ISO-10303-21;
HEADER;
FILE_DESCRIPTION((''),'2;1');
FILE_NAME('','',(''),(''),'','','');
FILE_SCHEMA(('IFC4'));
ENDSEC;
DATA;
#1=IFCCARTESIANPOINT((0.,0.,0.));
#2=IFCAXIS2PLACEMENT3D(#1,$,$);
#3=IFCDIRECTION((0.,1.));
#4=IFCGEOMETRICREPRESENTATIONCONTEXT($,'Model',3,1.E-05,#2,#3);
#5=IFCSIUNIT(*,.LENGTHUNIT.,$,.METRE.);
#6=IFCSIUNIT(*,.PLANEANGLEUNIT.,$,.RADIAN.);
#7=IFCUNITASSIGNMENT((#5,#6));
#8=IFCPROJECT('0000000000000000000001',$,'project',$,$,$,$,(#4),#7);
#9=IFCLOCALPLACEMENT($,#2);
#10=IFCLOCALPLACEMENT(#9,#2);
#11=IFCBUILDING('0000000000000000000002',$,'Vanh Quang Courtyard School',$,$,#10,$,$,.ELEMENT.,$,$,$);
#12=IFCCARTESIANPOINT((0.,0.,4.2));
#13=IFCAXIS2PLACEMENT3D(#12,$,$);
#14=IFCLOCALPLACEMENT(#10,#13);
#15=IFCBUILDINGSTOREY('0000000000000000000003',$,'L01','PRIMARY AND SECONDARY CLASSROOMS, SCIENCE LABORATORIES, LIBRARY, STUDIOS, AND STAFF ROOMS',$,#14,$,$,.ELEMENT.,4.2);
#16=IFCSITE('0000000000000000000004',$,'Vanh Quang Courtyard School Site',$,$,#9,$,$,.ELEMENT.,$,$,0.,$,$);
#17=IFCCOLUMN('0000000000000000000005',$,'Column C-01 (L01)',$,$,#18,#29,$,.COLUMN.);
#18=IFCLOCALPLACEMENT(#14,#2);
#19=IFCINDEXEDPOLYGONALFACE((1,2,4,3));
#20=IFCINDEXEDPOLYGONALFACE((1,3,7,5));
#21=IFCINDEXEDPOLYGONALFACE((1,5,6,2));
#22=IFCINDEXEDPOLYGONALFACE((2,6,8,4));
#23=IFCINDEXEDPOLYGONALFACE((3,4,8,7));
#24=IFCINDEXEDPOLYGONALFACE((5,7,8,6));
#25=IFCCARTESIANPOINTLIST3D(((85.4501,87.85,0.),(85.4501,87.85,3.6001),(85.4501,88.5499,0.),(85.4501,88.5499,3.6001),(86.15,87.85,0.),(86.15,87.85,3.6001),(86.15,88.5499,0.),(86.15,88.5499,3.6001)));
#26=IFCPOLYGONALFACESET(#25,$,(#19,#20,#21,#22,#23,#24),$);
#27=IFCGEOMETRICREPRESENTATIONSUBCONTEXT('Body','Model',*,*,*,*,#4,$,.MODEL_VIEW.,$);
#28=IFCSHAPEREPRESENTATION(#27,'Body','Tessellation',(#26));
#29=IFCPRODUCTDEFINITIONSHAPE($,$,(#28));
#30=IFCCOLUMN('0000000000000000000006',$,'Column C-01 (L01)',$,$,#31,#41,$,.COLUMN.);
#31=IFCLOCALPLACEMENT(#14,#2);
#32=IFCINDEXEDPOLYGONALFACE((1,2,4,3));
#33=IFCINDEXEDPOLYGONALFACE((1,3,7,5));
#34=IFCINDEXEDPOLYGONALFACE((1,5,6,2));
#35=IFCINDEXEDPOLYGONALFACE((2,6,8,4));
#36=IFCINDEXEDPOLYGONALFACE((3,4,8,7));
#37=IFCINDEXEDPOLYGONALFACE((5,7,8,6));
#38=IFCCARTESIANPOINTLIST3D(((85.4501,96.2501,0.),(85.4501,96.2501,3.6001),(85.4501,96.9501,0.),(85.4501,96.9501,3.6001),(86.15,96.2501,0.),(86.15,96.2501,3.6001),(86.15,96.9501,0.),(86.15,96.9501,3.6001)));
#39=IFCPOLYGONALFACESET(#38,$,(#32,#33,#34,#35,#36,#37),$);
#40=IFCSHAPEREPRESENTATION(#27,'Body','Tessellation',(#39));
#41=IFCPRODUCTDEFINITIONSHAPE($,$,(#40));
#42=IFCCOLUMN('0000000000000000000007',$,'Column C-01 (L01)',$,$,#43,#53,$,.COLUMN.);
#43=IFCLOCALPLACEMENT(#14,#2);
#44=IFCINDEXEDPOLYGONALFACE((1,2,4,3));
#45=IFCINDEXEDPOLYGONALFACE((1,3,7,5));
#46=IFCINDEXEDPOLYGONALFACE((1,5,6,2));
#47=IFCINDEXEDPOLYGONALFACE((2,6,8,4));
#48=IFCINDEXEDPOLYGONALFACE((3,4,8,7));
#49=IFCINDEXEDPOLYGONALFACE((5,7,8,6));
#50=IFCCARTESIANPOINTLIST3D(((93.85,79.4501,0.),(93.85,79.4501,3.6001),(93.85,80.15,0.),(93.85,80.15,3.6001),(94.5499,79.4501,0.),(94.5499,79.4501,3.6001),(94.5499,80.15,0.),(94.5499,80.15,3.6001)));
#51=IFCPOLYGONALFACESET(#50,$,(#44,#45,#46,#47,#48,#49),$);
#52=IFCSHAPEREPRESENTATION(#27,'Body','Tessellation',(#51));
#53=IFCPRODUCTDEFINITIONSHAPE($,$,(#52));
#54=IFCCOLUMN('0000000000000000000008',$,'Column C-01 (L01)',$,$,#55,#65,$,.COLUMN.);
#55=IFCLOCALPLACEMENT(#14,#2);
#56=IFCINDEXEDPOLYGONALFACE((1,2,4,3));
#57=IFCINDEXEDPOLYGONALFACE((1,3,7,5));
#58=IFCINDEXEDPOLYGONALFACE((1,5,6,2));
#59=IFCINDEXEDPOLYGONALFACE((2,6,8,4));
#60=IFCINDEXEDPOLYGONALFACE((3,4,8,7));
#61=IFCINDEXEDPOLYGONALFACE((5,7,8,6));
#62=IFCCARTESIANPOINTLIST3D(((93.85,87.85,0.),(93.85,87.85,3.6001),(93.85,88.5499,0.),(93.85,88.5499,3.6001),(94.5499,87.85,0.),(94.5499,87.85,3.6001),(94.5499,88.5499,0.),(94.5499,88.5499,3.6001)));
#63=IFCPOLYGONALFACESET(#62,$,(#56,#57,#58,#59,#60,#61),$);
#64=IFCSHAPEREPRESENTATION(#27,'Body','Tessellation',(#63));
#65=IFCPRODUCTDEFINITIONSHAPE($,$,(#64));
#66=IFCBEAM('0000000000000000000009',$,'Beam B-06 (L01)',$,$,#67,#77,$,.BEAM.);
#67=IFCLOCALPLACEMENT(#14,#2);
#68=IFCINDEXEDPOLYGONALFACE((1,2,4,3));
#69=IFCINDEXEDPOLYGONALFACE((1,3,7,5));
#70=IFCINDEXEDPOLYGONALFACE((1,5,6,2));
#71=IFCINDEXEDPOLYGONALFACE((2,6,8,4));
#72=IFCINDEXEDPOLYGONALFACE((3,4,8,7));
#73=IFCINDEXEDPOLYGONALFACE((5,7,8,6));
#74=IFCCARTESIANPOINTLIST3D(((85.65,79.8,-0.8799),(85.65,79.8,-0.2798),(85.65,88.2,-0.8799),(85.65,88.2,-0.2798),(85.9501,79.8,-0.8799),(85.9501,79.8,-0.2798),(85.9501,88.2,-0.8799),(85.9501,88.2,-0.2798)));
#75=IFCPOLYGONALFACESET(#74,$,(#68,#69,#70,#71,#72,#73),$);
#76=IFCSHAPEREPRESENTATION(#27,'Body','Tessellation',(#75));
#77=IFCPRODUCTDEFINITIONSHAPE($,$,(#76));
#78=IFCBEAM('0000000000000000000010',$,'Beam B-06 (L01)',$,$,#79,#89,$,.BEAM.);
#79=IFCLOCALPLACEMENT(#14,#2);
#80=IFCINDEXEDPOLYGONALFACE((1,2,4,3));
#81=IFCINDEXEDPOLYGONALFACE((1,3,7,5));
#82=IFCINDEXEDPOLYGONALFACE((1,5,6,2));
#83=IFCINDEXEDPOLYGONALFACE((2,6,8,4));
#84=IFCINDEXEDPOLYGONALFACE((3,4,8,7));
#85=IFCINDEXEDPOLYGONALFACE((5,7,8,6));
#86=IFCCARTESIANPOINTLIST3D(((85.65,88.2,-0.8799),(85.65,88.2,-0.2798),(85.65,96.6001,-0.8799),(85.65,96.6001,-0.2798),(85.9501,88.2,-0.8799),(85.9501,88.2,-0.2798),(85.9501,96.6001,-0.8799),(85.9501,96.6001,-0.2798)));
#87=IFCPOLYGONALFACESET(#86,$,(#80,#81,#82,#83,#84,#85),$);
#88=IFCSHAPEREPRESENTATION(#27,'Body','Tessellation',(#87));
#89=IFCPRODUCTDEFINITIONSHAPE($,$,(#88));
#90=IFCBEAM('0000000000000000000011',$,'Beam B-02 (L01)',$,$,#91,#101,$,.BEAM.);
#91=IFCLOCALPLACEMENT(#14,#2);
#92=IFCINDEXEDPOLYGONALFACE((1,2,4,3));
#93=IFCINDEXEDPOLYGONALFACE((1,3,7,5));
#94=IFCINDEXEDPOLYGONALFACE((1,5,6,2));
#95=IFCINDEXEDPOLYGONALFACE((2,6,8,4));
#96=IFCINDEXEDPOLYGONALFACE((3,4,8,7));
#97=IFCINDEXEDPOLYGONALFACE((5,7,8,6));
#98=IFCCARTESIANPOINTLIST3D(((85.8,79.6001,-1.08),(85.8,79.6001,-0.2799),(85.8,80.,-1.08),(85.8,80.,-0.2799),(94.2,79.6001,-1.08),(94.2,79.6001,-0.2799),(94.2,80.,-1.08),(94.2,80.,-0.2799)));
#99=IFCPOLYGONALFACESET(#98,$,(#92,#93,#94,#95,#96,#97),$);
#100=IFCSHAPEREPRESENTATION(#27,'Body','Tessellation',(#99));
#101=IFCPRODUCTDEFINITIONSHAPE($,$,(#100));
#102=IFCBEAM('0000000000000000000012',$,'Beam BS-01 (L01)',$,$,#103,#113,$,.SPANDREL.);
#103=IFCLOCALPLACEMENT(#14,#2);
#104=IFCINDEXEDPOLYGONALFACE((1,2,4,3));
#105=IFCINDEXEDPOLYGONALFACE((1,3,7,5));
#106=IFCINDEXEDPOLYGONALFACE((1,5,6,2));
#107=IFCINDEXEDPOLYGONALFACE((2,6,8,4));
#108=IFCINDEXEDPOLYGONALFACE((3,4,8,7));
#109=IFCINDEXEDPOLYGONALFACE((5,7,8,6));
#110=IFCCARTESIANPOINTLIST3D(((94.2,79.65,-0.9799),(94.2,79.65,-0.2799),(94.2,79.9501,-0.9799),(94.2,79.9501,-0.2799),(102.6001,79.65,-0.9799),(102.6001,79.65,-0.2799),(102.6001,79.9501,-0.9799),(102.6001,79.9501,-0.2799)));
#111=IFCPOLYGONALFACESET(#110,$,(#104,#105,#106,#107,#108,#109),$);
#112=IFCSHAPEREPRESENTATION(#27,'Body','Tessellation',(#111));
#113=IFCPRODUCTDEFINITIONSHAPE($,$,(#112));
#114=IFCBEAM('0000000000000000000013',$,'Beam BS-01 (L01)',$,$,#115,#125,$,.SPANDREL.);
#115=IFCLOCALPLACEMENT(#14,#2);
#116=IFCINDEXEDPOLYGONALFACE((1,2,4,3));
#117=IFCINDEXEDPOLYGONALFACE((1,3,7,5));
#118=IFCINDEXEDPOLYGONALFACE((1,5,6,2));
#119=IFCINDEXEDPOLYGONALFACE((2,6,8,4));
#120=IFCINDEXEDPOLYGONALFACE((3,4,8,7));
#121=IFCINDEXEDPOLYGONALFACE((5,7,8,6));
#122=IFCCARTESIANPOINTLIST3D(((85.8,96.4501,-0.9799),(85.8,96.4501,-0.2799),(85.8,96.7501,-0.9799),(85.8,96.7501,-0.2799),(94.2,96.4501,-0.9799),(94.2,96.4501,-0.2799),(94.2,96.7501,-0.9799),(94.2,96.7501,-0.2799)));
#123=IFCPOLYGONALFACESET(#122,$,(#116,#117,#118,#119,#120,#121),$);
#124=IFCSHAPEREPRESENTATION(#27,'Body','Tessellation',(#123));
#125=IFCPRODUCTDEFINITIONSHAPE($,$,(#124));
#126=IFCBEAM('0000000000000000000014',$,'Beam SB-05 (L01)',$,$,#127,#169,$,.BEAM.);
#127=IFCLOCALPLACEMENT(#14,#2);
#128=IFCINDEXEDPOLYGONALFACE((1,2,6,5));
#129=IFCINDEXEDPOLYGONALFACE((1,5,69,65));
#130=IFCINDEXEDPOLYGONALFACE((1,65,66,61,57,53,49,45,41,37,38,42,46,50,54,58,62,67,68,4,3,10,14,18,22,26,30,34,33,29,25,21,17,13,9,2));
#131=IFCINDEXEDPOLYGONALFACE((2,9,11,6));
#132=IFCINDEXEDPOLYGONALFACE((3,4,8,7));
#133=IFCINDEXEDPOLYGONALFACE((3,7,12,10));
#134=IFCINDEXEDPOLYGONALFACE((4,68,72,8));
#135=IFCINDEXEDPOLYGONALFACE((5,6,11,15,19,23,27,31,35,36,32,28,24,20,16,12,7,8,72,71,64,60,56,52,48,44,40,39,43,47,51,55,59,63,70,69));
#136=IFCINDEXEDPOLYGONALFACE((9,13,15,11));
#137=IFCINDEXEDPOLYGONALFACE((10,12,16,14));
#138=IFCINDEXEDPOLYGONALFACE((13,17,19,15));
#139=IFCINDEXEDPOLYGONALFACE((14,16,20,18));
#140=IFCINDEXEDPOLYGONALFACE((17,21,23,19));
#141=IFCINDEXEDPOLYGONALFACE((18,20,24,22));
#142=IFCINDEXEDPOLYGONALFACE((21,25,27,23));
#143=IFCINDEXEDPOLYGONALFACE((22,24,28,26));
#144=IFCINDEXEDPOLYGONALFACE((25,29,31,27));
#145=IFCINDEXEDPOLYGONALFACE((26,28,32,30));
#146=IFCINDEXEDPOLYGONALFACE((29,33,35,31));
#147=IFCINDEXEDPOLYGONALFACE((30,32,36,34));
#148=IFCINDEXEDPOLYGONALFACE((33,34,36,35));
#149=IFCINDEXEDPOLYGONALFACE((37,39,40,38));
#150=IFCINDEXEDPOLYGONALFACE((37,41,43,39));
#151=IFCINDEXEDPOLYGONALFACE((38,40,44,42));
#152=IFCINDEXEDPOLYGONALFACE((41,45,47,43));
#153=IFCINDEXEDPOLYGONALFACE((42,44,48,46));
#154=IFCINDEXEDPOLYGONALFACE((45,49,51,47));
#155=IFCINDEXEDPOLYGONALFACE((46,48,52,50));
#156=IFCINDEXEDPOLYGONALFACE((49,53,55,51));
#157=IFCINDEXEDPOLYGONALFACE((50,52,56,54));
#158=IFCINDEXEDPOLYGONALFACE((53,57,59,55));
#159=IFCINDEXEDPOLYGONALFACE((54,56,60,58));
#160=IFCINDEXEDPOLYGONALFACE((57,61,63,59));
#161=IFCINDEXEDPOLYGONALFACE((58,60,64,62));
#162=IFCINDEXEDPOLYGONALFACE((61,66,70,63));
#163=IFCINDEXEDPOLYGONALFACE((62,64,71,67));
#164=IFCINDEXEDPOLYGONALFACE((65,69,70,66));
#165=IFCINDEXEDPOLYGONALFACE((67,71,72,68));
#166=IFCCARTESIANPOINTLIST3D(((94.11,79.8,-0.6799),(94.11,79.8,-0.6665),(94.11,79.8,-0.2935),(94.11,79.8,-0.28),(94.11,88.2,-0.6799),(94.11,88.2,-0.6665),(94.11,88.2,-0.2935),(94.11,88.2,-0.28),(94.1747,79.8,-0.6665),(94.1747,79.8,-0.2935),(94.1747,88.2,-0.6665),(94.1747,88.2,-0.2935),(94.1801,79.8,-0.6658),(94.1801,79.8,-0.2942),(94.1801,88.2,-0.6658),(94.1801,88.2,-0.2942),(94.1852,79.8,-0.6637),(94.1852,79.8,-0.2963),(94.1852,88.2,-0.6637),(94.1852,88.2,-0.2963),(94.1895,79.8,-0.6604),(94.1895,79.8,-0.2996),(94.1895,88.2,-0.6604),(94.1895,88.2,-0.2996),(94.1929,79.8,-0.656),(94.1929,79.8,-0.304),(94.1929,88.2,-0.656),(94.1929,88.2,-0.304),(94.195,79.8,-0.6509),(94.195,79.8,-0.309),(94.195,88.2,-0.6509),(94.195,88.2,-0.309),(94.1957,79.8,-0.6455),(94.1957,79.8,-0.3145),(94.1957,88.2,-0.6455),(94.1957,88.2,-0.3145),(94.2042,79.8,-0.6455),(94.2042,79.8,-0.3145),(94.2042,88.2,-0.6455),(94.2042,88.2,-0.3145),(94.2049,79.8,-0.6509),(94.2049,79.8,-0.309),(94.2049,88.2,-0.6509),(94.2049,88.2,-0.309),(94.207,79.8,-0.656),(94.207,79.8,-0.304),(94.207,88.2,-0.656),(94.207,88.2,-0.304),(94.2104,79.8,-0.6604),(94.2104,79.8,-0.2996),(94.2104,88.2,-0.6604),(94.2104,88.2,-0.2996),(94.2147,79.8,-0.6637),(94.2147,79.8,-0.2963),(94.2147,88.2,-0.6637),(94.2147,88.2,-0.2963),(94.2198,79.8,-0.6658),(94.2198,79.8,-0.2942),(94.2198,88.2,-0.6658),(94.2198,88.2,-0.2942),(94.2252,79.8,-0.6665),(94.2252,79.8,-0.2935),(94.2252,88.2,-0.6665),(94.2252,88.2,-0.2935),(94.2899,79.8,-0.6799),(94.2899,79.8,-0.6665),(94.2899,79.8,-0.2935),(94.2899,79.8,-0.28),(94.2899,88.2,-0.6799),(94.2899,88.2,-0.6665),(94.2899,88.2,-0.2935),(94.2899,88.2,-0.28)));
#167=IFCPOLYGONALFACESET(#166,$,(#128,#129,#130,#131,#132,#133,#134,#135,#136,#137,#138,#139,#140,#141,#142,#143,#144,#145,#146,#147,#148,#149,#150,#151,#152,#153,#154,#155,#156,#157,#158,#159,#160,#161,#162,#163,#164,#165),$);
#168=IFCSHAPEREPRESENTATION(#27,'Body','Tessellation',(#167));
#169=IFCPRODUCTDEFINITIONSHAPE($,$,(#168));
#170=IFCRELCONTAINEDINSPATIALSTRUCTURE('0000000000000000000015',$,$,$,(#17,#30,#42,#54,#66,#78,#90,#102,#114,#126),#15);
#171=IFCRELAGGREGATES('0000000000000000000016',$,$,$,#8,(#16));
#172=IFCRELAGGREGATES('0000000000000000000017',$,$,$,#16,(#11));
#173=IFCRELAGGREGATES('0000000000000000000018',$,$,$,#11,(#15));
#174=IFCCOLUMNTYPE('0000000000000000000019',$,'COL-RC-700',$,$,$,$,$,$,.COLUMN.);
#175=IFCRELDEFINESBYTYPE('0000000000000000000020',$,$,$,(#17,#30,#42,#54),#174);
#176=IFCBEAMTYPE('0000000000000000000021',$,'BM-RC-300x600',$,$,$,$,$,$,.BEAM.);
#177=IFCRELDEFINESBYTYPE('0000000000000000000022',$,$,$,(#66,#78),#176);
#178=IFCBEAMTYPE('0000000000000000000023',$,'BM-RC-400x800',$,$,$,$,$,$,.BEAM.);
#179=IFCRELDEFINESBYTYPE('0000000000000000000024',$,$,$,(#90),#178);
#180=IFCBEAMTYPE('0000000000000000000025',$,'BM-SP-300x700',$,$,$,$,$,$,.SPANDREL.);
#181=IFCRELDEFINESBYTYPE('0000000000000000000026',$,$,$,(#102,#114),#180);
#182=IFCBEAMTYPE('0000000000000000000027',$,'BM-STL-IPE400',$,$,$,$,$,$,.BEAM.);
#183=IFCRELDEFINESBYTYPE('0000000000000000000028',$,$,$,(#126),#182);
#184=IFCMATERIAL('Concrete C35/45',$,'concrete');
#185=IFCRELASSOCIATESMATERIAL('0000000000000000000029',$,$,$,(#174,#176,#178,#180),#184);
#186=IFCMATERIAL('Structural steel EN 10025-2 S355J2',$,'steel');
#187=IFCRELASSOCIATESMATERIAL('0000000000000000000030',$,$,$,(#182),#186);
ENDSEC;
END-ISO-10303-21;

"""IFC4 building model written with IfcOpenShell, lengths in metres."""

from ifc_helpers import new_model, si_unit, direction, frame, origin, origin_2d, place, context, subcontext, project, spatial, rectangle, i_section, extrude, material, material_profile, profile_set, type_object, element, save


model = new_model("IFC4")

# Units and contexts
model_context = context("Model", 3, precision=1e-05, world=origin(), true_north=direction((0.0, 1.0)))
body_context = subcontext(model_context, "Body", "Model", "MODEL_VIEW")
ifc_project = project(units=[si_unit("LENGTHUNIT", "METRE"), si_unit("PLANEANGLEUNIT", "RADIAN")], contexts=[model_context])

# Site, building, storey
site_placement = place(None, origin())
site = spatial("IfcSite", under=ifc_project, at=site_placement, Name="Vanh Quang Courtyard School Site", CompositionType="ELEMENT", RefElevation=0.0)
building_placement = place(site_placement, origin())
building = spatial("IfcBuilding", under=site, at=building_placement, Name="Vanh Quang Courtyard School", CompositionType="ELEMENT")
storey_placement = place(building_placement, frame((0.0, 0.0, 4.2)))
storey = spatial("IfcBuildingStorey", under=building, at=storey_placement, Name="L01", Description="PRIMARY AND SECONDARY CLASSROOMS, SCIENCE LABORATORIES, LIBRARY, STUDIOS, AND STAFF ROOMS", CompositionType="ELEMENT", Elevation=4.2)

# Columns
ifc_material_1 = material(Name="Concrete C35/45", Category="concrete")
ifc_material_profile_1 = material_profile(ifc_material_1, rectangle(XDim=0.7, YDim=0.7, at=origin_2d()), Name="RC-COL 700x700")
ifc_profile_set_1 = profile_set([ifc_material_profile_1], Name="Concrete C35/45")
column_type = type_object("IfcColumnType", Name="COL-RC-700", PredefinedType="COLUMN", material=ifc_profile_set_1)
for number, where, z_axis, x_axis, name in (
    (1, (85.8, 88.2, 0.0), (0.0, 0.0, 1.0), (1.0, 0.0, 0.0), "Column C-01 (L01)"),
    (2, (85.8, 96.6001, 0.0), (0.0, 0.0, 1.0), (1.0, 0.0, 0.0), "Column C-01 (L01)"),
    (3, (94.2, 79.8, 0.0), (0.0, 0.0, 1.0), (1.0, 0.0, 0.0), "Column C-01 (L01)"),
    (4, (94.2, 88.2, 0.0), (0.0, 0.0, 1.0), (1.0, 0.0, 0.0), "Column C-01 (L01)"),
):
    element("IfcColumn", number, at=place(storey_placement, frame(where, z_axis=z_axis, x_axis=x_axis)), inside=storey, type_object=column_type, Name=name, PredefinedType="COLUMN", context=body_context, shape_type="SweptSolid", body=[
        extrude(rectangle(XDim=0.7, YDim=0.7, at=origin_2d()), origin(), (0.0, 0.0, 1.0), 3.6001),
    ])

# Beams
ifc_material_profile_2 = material_profile(ifc_material_1, rectangle(XDim=0.3, YDim=0.6001, at=origin_2d()), Name="RC-BM 300x600")
ifc_profile_set_2 = profile_set([ifc_material_profile_2], Name="Concrete C35/45")
beam_type_1 = type_object("IfcBeamType", Name="BM-RC-300x600", PredefinedType="BEAM", material=ifc_profile_set_2)
beam_1_placement = place(storey_placement, frame((85.8, 79.8, -0.5798), z_axis=(0.0, 1.0, 0.0), x_axis=(-1.0, 0.0, 0.0)))
element("IfcBeam", 5, at=beam_1_placement, inside=storey, type_object=beam_type_1, Name="Beam B-06 (L01)", PredefinedType="BEAM", context=body_context, shape_type="SweptSolid", body=[
    extrude(rectangle(XDim=0.3, YDim=0.6001, at=origin_2d()), origin(), (0.0, 0.0, 1.0), 8.3999),
])
beam_2_placement = place(storey_placement, frame((85.8, 88.2, -0.5798), z_axis=(0.0, 1.0, 0.0), x_axis=(-1.0, 0.0, 0.0)))
element("IfcBeam", 6, at=beam_2_placement, inside=storey, type_object=beam_type_1, Name="Beam B-06 (L01)", PredefinedType="BEAM", context=body_context, shape_type="SweptSolid", body=[
    extrude(rectangle(XDim=0.3, YDim=0.6001, at=origin_2d()), origin(), (0.0, 0.0, 1.0), 8.4001),
])
ifc_material_profile_3 = material_profile(ifc_material_1, rectangle(XDim=0.3999, YDim=0.8, at=origin_2d()), Name="RC-BM 400x800")
ifc_profile_set_3 = profile_set([ifc_material_profile_3], Name="Concrete C35/45")
beam_type_2 = type_object("IfcBeamType", Name="BM-RC-400x800", PredefinedType="BEAM", material=ifc_profile_set_3)
beam_3_placement = place(storey_placement, frame((85.8, 79.8, -0.6799), z_axis=(1.0, 0.0, 0.0), x_axis=(0.0, 1.0, 0.0)))
element("IfcBeam", 7, at=beam_3_placement, inside=storey, type_object=beam_type_2, Name="Beam B-02 (L01)", PredefinedType="BEAM", context=body_context, shape_type="SweptSolid", body=[
    extrude(rectangle(XDim=0.3999, YDim=0.8, at=origin_2d()), origin(), (0.0, 0.0, 1.0), 8.3999),
])
ifc_material_profile_4 = material_profile(ifc_material_1, rectangle(XDim=0.3, YDim=0.7, at=origin_2d()), Name="RC-SP 300x700")
ifc_profile_set_4 = profile_set([ifc_material_profile_4], Name="Concrete C35/45")
beam_type_3 = type_object("IfcBeamType", Name="BM-SP-300x700", PredefinedType="SPANDREL", material=ifc_profile_set_4)
beam_4_placement = place(storey_placement, frame((94.2, 79.8, -0.6299), z_axis=(1.0, 0.0, 0.0), x_axis=(0.0, 1.0, 0.0)))
element("IfcBeam", 8, at=beam_4_placement, inside=storey, type_object=beam_type_3, Name="Beam BS-01 (L01)", PredefinedType="SPANDREL", context=body_context, shape_type="SweptSolid", body=[
    extrude(rectangle(XDim=0.3, YDim=0.7, at=origin_2d()), origin(), (0.0, 0.0, 1.0), 8.4001),
])
beam_5_placement = place(storey_placement, frame((85.8, 96.6001, -0.6299), z_axis=(1.0, 0.0, 0.0), x_axis=(0.0, 1.0, 0.0)))
element("IfcBeam", 9, at=beam_5_placement, inside=storey, type_object=beam_type_3, Name="Beam BS-01 (L01)", PredefinedType="SPANDREL", context=body_context, shape_type="SweptSolid", body=[
    extrude(rectangle(XDim=0.3, YDim=0.7, at=origin_2d()), origin(), (0.0, 0.0, 1.0), 8.3999),
])
ifc_material_2 = material(Name="Structural steel EN 10025-2 S355J2", Category="steel")
ifc_material_profile_5 = material_profile(ifc_material_2, i_section(OverallWidth=0.1799, OverallDepth=0.3999, WebThickness=0.0085, FlangeThickness=0.0134, FilletRadius=0.021, at=origin_2d()), Name="IPE 400")
ifc_profile_set_5 = profile_set([ifc_material_profile_5], Name="Structural steel EN 10025-2 S355J2")
beam_type_4 = type_object("IfcBeamType", Name="BM-STL-IPE400", PredefinedType="BEAM", material=ifc_profile_set_5)
beam_6_placement = place(storey_placement, frame((94.2, 79.8, -0.48), z_axis=(0.0, 1.0, 0.0), x_axis=(-1.0, 0.0, 0.0)))
element("IfcBeam", 10, at=beam_6_placement, inside=storey, type_object=beam_type_4, Name="Beam SB-05 (L01)", PredefinedType="BEAM", context=body_context, shape_type="SweptSolid", body=[
    extrude(i_section(OverallWidth=0.1799, OverallDepth=0.3999, WebThickness=0.0085, FlangeThickness=0.0134, FilletRadius=0.021, at=origin_2d()), origin(), (0.0, 0.0, 1.0), 8.3999),
])

save(model, "model.ifc")
